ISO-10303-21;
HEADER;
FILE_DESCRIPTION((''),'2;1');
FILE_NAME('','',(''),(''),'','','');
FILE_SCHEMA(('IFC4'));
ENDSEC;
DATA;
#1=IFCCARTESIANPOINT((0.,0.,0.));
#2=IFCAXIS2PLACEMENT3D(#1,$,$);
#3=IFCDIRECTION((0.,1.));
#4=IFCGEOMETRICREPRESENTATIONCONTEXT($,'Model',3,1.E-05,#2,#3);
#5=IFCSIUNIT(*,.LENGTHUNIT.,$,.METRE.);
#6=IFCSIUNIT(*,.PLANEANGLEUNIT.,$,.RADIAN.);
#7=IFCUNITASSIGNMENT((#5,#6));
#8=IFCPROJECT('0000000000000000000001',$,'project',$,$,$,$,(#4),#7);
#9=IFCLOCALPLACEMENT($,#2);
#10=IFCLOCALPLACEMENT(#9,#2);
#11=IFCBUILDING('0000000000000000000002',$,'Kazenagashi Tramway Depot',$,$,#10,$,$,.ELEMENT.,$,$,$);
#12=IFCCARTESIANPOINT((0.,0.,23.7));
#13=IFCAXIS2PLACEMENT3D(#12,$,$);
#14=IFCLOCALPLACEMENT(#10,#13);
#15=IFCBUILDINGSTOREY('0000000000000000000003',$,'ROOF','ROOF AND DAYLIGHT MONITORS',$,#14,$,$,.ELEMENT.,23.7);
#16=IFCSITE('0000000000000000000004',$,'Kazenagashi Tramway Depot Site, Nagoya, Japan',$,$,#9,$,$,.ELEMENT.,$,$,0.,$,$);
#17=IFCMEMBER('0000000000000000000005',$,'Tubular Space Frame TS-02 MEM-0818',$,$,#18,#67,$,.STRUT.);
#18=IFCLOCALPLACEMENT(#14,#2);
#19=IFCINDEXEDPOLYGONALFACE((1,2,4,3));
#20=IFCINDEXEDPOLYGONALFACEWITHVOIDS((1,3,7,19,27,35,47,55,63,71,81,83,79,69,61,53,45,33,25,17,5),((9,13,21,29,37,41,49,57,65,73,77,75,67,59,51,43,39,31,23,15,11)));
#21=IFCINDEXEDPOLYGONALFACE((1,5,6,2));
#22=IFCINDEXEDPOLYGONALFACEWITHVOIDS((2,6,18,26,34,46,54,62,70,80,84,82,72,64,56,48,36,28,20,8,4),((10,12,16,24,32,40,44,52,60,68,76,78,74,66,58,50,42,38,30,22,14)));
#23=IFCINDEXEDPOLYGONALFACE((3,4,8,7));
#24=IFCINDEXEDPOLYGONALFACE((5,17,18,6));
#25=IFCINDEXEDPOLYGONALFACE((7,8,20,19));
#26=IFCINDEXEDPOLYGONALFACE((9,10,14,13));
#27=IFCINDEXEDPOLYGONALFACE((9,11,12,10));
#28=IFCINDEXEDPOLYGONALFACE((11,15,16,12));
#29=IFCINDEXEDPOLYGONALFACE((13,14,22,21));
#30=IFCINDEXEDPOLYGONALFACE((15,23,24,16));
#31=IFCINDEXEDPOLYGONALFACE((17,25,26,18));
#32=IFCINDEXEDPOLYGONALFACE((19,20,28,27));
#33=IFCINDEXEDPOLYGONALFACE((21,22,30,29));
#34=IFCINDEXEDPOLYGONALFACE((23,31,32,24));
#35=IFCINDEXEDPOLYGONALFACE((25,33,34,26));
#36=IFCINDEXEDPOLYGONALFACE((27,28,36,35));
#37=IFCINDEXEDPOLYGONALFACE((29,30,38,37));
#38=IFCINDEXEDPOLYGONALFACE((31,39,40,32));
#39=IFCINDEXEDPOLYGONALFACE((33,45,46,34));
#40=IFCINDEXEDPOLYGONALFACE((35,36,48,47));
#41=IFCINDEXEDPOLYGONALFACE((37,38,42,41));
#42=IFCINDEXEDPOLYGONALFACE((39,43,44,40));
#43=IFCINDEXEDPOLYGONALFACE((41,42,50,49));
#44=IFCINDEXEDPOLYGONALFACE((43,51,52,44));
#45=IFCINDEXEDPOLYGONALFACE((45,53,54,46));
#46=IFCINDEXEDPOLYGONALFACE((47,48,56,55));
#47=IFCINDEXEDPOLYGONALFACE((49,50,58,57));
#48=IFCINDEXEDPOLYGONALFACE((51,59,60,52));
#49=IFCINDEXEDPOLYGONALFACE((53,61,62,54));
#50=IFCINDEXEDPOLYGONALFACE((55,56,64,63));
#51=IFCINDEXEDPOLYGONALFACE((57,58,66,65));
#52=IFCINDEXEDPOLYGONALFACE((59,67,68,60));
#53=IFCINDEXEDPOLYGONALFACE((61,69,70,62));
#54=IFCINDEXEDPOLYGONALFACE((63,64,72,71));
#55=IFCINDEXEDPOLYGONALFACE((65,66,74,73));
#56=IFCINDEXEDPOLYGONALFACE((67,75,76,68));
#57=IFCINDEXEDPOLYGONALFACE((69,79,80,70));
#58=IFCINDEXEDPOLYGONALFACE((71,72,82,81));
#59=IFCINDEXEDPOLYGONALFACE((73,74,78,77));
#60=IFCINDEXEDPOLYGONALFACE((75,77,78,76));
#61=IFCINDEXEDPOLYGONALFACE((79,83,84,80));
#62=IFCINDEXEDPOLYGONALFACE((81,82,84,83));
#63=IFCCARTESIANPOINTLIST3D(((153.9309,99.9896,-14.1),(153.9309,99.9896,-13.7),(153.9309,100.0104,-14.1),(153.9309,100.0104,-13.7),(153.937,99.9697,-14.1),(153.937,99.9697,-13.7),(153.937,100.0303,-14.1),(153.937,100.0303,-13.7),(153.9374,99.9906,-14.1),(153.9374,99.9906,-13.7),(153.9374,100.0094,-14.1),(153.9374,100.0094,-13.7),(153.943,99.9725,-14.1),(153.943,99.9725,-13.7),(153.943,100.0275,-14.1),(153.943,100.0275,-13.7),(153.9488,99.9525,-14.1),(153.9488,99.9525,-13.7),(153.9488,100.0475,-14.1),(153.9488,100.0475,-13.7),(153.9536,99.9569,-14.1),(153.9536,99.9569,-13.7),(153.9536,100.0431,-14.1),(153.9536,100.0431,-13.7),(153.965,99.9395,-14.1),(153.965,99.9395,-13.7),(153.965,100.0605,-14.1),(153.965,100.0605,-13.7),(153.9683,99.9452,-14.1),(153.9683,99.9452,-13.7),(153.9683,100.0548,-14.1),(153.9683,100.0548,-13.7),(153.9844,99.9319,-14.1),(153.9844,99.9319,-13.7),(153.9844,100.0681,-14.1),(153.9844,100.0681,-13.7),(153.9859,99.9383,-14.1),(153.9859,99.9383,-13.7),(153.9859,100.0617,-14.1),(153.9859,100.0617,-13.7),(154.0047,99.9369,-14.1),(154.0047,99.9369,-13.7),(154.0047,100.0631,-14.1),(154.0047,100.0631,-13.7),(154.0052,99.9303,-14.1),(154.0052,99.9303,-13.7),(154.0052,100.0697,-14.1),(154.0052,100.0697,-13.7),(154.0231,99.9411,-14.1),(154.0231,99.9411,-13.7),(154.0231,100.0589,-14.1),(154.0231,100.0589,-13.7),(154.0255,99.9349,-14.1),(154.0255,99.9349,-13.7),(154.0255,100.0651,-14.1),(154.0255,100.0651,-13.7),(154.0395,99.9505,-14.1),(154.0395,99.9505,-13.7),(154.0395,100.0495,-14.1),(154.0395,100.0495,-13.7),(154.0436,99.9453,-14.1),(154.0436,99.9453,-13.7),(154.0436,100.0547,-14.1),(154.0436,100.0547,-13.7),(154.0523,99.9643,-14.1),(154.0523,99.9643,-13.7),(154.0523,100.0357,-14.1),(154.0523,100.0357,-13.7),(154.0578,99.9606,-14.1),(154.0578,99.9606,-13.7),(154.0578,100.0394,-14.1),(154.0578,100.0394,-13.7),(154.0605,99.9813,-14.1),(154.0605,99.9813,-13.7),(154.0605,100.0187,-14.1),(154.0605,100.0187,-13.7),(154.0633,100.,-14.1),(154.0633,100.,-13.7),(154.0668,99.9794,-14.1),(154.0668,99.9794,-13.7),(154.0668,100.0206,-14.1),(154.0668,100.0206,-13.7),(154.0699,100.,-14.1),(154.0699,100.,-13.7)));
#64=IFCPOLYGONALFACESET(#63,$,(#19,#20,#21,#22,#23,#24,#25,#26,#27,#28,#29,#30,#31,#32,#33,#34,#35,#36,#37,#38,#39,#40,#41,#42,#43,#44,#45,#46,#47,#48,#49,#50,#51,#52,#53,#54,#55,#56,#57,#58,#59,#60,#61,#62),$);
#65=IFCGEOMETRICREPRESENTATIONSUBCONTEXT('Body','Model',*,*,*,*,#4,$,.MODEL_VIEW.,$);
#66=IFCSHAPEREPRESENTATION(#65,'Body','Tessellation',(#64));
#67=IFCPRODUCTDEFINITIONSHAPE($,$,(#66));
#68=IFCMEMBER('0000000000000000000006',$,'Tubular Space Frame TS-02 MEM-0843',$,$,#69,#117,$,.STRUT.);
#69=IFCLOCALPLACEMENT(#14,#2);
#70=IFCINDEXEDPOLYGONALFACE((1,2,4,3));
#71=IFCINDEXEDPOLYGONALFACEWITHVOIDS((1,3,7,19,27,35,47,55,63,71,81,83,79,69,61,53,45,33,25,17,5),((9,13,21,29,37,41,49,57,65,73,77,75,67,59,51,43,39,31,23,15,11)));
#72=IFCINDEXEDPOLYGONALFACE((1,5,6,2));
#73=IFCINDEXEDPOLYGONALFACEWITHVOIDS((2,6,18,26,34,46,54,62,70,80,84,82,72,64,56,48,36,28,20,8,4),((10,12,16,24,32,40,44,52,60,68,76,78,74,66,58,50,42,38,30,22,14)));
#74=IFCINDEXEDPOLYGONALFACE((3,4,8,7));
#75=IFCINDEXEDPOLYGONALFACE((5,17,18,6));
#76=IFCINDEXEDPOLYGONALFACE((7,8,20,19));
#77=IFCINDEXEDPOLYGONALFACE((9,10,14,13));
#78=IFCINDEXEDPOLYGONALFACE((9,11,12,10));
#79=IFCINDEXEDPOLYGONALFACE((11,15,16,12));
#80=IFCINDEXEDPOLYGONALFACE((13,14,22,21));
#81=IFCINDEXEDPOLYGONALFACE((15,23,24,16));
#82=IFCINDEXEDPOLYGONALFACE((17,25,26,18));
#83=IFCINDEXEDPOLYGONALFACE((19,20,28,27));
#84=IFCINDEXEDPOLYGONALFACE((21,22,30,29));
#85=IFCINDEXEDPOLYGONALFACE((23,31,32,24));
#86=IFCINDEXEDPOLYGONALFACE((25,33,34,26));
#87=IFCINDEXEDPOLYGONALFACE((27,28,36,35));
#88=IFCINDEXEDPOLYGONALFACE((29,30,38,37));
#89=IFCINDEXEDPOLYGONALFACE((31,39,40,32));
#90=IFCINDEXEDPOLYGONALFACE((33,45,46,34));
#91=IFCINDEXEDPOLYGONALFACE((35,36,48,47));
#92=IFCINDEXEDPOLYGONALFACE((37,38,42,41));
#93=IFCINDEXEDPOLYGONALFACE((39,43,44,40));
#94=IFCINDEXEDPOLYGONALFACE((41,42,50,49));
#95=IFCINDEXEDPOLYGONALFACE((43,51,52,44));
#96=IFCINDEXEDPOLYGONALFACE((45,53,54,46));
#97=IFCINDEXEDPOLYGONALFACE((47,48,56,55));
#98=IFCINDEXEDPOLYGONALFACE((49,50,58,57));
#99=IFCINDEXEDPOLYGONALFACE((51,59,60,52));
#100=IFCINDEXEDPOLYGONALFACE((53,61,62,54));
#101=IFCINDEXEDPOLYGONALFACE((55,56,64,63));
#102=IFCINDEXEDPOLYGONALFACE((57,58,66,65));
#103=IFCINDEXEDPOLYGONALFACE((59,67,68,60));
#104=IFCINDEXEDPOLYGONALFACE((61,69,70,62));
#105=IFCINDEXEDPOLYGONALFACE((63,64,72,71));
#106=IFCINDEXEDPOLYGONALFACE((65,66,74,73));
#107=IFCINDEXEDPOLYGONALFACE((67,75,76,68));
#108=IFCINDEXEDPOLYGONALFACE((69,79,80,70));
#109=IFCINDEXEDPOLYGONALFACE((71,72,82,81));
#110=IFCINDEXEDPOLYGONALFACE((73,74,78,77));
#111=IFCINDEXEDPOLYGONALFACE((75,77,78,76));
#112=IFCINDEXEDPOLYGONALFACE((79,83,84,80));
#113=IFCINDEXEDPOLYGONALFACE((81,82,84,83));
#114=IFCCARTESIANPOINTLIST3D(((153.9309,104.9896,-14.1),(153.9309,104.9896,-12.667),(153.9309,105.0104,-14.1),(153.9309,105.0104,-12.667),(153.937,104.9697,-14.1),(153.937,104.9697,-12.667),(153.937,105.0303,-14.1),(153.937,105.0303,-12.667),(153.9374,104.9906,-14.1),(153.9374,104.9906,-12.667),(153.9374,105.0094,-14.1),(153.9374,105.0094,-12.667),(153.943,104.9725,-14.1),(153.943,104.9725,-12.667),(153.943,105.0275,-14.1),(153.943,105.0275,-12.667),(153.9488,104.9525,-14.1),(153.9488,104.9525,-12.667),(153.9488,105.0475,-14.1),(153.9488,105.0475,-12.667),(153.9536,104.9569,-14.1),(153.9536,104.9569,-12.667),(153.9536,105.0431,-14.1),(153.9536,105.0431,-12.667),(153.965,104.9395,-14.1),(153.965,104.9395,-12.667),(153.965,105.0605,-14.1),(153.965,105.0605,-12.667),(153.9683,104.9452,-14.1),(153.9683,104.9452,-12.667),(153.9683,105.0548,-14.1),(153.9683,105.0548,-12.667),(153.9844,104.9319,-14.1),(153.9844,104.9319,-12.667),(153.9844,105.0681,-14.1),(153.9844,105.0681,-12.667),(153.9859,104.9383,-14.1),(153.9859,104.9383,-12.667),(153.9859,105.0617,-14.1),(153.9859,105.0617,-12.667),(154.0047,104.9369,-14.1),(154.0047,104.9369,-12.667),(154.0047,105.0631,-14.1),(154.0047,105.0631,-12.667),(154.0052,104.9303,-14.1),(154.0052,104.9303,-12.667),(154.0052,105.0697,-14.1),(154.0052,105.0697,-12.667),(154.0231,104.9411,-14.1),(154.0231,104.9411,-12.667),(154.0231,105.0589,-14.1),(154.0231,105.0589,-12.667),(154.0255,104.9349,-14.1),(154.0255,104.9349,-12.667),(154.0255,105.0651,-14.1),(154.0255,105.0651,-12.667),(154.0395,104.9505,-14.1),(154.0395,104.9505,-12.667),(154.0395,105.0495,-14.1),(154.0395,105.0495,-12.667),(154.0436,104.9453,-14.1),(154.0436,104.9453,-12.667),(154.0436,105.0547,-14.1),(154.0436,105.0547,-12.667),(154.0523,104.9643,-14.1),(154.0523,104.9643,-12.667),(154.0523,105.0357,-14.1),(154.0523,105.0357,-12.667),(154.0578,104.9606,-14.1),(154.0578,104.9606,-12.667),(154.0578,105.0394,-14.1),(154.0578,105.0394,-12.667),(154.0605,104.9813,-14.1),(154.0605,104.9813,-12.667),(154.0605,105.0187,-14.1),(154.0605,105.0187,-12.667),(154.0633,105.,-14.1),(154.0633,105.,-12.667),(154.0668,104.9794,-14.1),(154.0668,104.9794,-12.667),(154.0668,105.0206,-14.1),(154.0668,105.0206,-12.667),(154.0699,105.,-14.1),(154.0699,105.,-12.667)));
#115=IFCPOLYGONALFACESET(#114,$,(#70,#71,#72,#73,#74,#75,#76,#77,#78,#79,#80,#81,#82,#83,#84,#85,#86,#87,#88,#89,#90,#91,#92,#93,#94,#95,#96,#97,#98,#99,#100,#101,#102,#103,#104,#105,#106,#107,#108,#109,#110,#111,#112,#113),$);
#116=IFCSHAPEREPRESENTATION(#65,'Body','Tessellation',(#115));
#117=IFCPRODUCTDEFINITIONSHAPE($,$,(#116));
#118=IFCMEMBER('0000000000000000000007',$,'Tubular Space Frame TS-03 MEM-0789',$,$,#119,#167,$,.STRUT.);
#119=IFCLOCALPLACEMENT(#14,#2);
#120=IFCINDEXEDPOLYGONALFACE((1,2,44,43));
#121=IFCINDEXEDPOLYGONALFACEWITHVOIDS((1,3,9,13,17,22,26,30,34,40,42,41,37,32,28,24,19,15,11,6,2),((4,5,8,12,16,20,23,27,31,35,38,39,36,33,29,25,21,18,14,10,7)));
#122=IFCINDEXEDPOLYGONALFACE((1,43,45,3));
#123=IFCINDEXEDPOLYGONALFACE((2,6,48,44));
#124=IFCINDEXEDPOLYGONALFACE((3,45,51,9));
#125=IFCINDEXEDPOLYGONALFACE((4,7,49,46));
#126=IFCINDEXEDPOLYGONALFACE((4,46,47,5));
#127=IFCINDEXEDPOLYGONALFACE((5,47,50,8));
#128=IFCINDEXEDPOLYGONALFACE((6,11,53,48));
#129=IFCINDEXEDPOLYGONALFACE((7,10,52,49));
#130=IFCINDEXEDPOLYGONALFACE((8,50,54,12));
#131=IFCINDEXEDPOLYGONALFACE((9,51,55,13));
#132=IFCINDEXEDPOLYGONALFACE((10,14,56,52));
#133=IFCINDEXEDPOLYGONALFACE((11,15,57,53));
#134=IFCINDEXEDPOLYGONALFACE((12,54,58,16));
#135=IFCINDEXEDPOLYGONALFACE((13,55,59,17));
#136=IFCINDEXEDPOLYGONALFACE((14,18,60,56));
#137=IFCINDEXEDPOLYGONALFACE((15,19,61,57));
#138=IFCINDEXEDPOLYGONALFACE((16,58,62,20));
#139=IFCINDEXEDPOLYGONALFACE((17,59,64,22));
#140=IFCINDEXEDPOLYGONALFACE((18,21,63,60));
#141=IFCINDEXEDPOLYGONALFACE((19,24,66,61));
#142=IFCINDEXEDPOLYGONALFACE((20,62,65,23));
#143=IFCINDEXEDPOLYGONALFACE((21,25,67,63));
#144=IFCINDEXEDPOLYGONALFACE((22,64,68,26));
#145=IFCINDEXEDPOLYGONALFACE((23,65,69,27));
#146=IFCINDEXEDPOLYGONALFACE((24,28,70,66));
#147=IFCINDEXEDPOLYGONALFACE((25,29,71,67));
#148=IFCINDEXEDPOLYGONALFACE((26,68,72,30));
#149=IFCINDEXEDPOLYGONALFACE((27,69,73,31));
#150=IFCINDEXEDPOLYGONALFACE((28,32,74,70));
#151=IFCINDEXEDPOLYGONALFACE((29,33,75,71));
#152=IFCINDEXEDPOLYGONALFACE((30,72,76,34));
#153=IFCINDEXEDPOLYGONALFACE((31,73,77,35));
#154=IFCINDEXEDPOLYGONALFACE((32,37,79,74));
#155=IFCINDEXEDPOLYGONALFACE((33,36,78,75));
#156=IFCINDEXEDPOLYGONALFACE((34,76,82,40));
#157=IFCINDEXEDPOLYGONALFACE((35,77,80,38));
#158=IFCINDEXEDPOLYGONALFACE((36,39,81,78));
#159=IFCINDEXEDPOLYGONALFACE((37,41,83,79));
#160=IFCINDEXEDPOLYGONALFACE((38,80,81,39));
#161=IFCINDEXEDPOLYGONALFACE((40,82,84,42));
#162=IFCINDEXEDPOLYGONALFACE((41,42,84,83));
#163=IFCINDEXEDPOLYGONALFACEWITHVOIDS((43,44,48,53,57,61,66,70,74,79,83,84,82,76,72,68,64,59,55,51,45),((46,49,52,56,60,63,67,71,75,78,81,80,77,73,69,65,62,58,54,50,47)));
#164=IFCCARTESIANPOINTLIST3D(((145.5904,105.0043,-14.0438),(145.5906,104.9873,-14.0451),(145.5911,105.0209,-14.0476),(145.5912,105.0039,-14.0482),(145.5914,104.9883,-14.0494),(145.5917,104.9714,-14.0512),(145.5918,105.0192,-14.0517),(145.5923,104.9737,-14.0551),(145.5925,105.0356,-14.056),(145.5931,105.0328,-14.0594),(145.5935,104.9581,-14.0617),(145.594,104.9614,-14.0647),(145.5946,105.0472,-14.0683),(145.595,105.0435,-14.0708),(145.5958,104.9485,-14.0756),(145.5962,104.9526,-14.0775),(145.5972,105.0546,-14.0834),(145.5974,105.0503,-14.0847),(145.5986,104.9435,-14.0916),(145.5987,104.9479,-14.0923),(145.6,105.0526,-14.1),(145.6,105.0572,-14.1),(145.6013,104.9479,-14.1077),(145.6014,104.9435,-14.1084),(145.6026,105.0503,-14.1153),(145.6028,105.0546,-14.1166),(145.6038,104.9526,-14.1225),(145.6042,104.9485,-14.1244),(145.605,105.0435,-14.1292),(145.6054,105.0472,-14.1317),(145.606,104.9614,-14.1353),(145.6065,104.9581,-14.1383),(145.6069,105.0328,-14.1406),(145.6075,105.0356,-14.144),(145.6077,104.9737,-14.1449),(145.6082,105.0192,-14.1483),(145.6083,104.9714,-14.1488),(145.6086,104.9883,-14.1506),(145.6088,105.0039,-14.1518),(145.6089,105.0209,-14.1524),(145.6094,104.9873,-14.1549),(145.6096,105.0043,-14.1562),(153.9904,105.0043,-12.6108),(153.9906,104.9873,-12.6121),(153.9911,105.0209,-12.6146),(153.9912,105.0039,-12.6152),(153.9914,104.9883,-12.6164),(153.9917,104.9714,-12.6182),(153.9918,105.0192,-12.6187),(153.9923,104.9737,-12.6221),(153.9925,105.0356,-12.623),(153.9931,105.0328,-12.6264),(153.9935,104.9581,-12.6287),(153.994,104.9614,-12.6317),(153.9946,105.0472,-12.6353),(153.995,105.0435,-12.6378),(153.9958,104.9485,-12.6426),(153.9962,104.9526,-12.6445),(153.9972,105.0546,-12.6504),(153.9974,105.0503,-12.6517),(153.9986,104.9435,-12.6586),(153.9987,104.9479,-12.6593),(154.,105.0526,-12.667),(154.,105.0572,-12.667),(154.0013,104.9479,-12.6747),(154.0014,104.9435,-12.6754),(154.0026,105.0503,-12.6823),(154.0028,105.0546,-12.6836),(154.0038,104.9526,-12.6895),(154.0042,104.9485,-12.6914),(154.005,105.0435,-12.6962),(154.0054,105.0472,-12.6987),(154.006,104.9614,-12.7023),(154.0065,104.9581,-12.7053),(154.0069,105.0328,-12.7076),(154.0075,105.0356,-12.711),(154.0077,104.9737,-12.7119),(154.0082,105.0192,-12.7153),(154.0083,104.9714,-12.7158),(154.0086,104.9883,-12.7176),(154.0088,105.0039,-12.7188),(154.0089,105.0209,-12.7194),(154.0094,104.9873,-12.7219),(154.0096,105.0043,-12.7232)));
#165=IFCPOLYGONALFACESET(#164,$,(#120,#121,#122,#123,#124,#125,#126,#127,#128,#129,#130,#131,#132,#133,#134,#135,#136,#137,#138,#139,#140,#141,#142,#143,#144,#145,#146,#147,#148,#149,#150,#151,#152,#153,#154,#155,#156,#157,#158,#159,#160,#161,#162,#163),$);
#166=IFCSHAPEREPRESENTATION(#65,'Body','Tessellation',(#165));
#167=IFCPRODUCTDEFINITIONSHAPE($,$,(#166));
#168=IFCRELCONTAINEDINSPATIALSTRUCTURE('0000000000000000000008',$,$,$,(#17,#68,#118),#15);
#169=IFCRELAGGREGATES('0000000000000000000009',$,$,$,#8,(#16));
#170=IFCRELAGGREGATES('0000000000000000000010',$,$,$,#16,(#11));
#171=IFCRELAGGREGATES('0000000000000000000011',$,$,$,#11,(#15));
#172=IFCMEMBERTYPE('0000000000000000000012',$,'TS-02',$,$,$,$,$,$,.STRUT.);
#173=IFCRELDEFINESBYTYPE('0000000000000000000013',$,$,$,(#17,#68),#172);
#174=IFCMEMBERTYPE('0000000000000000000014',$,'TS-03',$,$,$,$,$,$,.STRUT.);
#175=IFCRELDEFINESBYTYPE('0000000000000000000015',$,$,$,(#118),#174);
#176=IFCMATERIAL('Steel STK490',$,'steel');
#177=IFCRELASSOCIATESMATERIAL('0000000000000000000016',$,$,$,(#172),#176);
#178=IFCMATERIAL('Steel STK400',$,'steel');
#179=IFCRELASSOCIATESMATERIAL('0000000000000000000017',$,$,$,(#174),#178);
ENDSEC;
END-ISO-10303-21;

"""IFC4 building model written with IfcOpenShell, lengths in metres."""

from ifc_helpers import new_model, si_unit, direction, frame, origin, origin_2d, place, context, subcontext, project, spatial, hollow_circle, extrude, material, material_profile, profile_set, type_object, element, save


model = new_model("IFC4")

# Units and contexts
model_context = context("Model", 3, precision=1e-05, world=origin(), true_north=direction((0.0, 1.0)))
body_context = subcontext(model_context, "Body", "Model", "MODEL_VIEW")
ifc_project = project(units=[si_unit("LENGTHUNIT", "METRE"), si_unit("PLANEANGLEUNIT", "RADIAN")], contexts=[model_context])

# Site, building, storey
site_placement = place(None, origin())
site = spatial("IfcSite", under=ifc_project, at=site_placement, Name="Kazenagashi Tramway Depot Site, Nagoya, Japan", CompositionType="ELEMENT", RefElevation=0.0)
building_placement = place(site_placement, origin())
building = spatial("IfcBuilding", under=site, at=building_placement, Name="Kazenagashi Tramway Depot", CompositionType="ELEMENT")
storey_placement = place(building_placement, frame((0.0, 0.0, 23.7)))
storey = spatial("IfcBuildingStorey", under=building, at=storey_placement, Name="ROOF", Description="ROOF AND DAYLIGHT MONITORS", CompositionType="ELEMENT", Elevation=23.7)

# Members
ifc_material_1 = material(Name="Steel STK490", Category="steel")
ifc_material_profile_1 = material_profile(ifc_material_1, hollow_circle(Radius=0.0699, WallThickness=0.0066, at=origin_2d()), Name="CHS-139.8x6.6")
ifc_profile_set_1 = profile_set([ifc_material_profile_1], Name="Steel STK490")
member_type_1 = type_object("IfcMemberType", Name="TS-02", PredefinedType="STRUT", material=ifc_profile_set_1)
member_1_placement = place(storey_placement, frame((154.0, 100.0, -14.1), z_axis=(0.0, 0.0, 1.0), x_axis=(1.0, 0.0, 0.0)))
element("IfcMember", 1, at=member_1_placement, inside=storey, type_object=member_type_1, Name="Tubular Space Frame TS-02 MEM-0818", PredefinedType="STRUT", context=body_context, shape_type="SweptSolid", body=[
    extrude(hollow_circle(Radius=0.0699, WallThickness=0.0066, at=origin_2d()), origin(), (0.0, 0.0, 1.0), 0.4),
])
member_2_placement = place(storey_placement, frame((154.0, 105.0, -14.1), z_axis=(0.0, 0.0, 1.0), x_axis=(1.0, 0.0, 0.0)))
element("IfcMember", 2, at=member_2_placement, inside=storey, type_object=member_type_1, Name="Tubular Space Frame TS-02 MEM-0843", PredefinedType="STRUT", context=body_context, shape_type="SweptSolid", body=[
    extrude(hollow_circle(Radius=0.0699, WallThickness=0.0066, at=origin_2d()), origin(), (0.0, 0.0, 1.0), 1.433),
])
ifc_material_2 = material(Name="Steel STK400", Category="steel")
ifc_material_profile_2 = material_profile(ifc_material_2, hollow_circle(Radius=0.0571, WallThickness=0.0045, at=origin_2d()), Name="CHS-114.3x4.5")
ifc_profile_set_2 = profile_set([ifc_material_profile_2], Name="Steel STK400")
member_type_2 = type_object("IfcMemberType", Name="TS-03", PredefinedType="STRUT", material=ifc_profile_set_2)
member_3_placement = place(storey_placement, frame((145.6, 105.0, -14.1), z_axis=(0.985759, 0.0, 0.168166), x_axis=(0.0, 1.0, 0.0)))
element("IfcMember", 3, at=member_3_placement, inside=storey, type_object=member_type_2, Name="Tubular Space Frame TS-03 MEM-0789", PredefinedType="STRUT", context=body_context, shape_type="SweptSolid", body=[
    extrude(hollow_circle(Radius=0.0571, WallThickness=0.0045, at=origin_2d()), origin(), (0.0, 0.0, 1.0), 8.5214),
])

save(model, "model.ifc")
